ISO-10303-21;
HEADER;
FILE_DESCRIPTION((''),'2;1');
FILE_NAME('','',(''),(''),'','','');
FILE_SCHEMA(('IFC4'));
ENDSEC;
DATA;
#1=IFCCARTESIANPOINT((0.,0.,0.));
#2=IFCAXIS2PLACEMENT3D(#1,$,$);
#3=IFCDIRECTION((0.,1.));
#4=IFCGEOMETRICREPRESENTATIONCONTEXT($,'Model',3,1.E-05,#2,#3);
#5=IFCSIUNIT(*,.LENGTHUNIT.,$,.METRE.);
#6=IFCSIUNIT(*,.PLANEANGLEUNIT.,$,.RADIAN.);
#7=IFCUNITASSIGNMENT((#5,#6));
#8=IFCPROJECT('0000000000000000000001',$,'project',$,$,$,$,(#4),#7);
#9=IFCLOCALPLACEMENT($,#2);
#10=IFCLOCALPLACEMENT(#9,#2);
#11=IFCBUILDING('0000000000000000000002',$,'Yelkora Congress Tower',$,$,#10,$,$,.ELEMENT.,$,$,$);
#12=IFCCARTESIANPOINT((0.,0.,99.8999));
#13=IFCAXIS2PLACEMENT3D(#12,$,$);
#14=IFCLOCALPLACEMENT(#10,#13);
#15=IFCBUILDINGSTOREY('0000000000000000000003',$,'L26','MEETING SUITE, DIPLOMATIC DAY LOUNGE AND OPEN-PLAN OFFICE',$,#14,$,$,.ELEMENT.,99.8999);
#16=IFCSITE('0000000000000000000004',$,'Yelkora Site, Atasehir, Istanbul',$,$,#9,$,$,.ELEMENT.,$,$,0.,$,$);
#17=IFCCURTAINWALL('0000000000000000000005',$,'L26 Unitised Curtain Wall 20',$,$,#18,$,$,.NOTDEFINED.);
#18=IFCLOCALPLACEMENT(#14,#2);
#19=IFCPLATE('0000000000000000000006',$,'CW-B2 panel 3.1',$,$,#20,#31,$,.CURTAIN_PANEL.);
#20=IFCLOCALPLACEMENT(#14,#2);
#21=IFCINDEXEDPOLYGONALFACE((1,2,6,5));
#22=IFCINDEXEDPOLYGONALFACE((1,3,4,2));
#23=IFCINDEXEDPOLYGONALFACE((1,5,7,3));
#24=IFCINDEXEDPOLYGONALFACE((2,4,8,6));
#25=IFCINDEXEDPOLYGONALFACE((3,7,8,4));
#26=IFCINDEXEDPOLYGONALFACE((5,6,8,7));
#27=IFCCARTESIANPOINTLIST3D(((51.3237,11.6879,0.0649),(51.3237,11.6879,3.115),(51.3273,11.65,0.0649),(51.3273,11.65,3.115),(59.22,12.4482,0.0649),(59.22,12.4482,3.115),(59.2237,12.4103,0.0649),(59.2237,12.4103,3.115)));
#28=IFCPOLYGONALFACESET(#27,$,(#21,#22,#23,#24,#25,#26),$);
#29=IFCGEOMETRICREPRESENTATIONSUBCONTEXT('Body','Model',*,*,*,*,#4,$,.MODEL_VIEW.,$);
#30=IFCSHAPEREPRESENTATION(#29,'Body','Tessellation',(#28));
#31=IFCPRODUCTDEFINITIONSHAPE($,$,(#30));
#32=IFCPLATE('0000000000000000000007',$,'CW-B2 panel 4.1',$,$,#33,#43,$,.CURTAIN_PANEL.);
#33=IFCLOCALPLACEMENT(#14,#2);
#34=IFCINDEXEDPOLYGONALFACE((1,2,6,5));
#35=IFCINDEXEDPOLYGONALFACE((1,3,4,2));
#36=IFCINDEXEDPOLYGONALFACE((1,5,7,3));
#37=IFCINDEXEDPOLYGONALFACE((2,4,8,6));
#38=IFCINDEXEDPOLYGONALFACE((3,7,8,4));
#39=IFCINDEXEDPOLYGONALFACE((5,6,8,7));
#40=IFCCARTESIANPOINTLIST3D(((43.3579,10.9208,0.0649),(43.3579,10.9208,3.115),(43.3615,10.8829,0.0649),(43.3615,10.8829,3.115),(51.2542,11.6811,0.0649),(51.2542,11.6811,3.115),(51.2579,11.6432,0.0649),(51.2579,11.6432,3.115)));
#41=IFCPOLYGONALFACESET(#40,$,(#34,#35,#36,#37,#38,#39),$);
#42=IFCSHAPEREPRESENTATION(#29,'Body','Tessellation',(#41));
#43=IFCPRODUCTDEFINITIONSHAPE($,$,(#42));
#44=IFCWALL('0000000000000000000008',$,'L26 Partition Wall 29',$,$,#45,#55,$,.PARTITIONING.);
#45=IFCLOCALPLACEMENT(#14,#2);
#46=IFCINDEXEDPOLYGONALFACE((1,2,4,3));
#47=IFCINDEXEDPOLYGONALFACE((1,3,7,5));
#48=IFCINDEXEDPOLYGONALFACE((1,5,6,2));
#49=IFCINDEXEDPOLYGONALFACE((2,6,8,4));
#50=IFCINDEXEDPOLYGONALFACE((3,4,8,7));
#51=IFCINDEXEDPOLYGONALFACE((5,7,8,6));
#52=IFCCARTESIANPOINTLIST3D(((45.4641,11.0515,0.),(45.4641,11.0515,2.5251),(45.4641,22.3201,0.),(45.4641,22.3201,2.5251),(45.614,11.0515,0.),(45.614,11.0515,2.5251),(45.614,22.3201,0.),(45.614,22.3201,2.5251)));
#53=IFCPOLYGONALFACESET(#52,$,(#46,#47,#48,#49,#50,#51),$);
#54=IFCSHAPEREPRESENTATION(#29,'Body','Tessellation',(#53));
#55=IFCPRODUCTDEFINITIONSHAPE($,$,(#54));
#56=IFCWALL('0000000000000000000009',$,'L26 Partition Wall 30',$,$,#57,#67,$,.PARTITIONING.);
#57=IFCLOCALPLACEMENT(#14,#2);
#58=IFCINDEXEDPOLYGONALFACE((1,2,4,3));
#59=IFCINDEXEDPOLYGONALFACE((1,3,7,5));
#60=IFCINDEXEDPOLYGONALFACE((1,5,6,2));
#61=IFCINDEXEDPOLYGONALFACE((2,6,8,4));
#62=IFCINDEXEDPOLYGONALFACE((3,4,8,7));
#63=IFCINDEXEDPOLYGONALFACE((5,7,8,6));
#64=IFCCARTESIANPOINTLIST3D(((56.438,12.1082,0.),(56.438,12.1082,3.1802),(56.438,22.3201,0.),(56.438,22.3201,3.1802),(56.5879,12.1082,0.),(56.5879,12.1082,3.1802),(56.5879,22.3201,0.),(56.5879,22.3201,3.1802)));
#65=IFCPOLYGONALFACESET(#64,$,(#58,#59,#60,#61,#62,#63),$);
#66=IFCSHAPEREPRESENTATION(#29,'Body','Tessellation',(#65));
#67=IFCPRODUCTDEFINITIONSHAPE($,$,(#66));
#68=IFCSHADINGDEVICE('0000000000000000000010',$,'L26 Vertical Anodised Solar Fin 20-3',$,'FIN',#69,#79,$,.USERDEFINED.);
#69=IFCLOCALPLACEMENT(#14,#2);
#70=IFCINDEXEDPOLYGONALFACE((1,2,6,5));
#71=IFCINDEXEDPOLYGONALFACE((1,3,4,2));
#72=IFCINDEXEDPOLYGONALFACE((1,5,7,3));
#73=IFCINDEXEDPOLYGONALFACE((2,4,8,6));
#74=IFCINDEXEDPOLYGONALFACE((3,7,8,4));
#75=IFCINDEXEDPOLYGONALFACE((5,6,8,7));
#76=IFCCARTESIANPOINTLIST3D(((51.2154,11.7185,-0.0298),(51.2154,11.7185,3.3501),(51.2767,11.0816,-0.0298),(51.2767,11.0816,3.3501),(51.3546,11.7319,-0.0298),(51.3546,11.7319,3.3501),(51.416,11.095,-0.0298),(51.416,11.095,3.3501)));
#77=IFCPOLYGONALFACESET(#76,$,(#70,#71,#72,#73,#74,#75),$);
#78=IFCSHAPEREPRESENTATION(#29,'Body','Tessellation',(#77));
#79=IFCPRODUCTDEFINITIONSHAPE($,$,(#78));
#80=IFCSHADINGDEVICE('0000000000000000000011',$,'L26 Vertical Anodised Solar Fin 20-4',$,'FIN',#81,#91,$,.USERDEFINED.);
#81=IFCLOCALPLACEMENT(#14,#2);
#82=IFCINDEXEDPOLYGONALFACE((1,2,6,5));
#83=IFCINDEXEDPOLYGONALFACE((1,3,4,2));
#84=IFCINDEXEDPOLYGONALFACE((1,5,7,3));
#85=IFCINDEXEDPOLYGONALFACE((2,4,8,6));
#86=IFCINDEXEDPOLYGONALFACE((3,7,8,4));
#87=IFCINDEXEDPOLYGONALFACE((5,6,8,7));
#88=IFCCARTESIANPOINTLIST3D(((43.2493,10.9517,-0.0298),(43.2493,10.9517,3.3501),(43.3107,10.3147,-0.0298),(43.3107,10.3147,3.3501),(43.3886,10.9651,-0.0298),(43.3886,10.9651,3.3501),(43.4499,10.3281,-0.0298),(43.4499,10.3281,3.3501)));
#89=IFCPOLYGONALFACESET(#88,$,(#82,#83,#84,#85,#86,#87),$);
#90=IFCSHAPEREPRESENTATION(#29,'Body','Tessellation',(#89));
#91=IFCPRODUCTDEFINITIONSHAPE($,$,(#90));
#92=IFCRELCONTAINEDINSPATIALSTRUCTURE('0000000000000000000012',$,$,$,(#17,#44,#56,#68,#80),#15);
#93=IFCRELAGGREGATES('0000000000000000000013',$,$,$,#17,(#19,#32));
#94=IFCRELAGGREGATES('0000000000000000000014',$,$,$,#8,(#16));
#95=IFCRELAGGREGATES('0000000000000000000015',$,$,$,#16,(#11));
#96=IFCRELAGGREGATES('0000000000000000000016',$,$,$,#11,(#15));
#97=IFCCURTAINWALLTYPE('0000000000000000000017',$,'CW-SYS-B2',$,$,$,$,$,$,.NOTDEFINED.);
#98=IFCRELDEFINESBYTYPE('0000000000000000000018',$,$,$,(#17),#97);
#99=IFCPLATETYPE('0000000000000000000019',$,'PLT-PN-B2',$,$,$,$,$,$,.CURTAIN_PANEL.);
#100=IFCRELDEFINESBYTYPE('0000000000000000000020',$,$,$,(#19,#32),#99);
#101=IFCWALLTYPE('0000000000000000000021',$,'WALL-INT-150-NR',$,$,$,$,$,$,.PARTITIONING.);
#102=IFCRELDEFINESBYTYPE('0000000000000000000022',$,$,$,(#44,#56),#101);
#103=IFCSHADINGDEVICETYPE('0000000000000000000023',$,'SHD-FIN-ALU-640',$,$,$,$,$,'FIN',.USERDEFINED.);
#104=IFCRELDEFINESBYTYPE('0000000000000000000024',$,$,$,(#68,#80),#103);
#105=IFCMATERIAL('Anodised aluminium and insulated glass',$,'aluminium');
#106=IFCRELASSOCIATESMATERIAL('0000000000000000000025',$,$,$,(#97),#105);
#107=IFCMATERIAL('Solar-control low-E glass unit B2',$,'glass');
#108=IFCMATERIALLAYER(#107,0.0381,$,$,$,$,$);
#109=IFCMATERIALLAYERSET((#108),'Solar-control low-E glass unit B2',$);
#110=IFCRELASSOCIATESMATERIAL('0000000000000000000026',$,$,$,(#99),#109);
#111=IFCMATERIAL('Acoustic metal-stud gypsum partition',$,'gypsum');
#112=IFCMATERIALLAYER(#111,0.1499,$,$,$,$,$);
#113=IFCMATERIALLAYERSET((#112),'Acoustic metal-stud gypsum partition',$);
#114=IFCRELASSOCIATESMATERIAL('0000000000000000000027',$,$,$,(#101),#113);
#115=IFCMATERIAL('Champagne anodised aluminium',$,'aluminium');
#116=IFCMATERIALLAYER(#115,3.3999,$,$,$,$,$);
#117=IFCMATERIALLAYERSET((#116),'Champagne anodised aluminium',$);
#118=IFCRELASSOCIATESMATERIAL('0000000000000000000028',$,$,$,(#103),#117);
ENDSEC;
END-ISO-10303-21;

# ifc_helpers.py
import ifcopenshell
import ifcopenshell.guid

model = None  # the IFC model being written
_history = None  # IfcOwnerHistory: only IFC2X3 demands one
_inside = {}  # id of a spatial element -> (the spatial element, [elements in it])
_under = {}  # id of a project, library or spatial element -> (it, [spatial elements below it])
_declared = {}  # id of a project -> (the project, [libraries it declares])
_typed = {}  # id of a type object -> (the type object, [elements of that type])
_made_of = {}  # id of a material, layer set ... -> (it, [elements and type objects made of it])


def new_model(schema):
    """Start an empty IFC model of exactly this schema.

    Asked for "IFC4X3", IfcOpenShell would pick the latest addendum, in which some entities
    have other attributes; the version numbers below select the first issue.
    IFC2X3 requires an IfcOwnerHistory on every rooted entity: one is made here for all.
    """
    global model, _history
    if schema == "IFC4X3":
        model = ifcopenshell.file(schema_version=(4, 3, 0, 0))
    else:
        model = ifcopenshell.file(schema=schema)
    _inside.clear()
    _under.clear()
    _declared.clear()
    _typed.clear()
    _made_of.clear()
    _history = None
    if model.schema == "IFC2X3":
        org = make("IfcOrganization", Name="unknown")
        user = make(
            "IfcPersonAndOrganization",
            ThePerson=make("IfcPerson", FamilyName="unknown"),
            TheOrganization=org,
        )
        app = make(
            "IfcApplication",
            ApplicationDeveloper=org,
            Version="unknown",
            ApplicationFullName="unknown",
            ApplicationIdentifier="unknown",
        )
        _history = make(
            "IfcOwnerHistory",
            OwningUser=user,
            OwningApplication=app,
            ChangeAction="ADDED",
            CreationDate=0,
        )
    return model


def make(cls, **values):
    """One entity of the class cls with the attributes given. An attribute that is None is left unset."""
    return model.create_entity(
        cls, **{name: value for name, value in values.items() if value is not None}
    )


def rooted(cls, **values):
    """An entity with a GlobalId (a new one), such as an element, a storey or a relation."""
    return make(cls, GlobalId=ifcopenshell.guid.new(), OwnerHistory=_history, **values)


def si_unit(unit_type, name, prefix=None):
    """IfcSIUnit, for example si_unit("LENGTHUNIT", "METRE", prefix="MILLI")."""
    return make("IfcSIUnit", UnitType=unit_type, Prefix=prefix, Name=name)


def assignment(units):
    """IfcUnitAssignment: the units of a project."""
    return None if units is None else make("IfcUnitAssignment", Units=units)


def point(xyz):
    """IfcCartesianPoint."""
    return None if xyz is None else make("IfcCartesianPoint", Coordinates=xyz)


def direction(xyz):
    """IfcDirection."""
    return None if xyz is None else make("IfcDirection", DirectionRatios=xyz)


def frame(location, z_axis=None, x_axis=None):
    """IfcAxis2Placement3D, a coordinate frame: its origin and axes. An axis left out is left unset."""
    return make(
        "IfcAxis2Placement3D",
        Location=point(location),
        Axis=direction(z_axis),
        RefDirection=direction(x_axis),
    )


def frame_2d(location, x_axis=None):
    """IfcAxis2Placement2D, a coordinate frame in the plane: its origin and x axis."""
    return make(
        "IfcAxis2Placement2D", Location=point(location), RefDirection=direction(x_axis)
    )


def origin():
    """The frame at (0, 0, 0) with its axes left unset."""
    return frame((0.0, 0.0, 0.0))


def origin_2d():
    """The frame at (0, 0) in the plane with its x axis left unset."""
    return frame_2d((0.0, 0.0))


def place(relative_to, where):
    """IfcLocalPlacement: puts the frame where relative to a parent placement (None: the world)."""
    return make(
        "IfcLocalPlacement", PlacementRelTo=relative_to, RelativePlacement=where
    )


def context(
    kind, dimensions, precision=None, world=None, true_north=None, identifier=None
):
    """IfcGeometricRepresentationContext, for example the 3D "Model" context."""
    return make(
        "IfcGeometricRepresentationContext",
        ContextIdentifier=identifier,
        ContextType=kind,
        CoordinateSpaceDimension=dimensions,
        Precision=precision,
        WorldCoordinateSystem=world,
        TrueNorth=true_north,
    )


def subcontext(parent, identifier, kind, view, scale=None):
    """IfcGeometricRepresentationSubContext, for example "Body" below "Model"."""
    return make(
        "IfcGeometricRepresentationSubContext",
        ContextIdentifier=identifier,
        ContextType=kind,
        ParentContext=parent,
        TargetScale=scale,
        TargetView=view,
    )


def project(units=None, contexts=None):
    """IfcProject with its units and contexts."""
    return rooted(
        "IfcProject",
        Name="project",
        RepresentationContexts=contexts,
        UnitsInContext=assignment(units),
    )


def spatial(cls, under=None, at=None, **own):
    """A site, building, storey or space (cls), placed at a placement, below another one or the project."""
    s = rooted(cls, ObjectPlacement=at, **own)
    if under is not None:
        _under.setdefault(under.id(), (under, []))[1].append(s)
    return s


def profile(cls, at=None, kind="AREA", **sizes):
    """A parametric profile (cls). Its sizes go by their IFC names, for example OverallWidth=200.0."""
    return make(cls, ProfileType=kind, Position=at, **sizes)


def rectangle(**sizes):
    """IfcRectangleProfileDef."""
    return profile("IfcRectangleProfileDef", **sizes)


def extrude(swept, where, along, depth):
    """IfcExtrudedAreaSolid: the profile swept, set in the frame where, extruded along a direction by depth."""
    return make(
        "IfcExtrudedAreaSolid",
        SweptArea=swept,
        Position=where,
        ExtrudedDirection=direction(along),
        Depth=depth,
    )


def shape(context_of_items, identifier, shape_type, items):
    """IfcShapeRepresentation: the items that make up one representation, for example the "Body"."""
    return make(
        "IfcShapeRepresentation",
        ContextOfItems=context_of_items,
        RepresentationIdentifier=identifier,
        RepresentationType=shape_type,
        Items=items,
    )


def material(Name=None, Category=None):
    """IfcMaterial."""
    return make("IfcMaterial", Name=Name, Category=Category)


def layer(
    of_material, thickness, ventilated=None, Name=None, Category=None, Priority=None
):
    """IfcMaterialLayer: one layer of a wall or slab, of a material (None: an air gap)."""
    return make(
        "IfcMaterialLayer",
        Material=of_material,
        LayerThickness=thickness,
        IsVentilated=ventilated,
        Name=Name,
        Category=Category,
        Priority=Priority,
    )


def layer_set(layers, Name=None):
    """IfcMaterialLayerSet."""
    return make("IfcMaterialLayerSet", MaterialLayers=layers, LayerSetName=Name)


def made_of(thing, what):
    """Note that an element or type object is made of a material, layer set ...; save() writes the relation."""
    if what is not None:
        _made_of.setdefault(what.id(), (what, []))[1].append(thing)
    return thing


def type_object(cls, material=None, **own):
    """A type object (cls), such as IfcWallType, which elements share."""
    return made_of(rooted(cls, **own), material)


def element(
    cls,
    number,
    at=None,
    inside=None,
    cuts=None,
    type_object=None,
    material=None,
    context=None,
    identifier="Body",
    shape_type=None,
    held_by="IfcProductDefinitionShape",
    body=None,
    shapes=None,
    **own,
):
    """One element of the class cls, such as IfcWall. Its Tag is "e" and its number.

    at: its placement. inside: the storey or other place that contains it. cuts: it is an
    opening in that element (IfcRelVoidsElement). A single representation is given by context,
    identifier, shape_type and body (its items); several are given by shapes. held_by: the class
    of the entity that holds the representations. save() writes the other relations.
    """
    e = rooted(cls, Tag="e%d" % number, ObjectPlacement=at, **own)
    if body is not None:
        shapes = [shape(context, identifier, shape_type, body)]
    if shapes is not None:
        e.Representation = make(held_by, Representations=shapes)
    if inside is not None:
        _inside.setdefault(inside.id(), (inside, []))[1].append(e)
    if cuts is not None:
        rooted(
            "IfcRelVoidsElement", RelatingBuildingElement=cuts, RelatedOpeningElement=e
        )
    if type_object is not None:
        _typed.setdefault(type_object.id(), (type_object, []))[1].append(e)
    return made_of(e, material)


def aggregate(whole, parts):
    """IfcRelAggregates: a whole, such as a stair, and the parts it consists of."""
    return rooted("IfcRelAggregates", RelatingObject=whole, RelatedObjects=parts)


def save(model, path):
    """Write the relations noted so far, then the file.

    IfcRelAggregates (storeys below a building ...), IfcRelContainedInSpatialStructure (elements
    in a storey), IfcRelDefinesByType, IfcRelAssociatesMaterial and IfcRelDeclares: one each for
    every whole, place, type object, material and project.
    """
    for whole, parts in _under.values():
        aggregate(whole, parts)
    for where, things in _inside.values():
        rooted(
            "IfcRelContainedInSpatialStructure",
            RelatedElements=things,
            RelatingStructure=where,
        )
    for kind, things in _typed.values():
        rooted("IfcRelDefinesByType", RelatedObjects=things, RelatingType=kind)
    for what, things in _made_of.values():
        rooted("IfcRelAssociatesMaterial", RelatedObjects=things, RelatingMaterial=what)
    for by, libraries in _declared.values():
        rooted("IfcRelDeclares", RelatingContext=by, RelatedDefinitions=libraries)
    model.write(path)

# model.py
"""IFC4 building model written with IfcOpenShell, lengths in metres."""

from ifc_helpers import new_model, si_unit, direction, frame, frame_2d, origin, origin_2d, place, context, subcontext, project, spatial, rectangle, extrude, material, layer, layer_set, type_object, element, aggregate, save


model = new_model("IFC4")

# Units and contexts
model_context = context("Model", 3, precision=1e-05, world=origin(), true_north=direction((0.0, 1.0)))
body_context = subcontext(model_context, "Body", "Model", "MODEL_VIEW")
ifc_project = project(units=[si_unit("LENGTHUNIT", "METRE"), si_unit("PLANEANGLEUNIT", "RADIAN")], contexts=[model_context])

# Site, building, storey
site_placement = place(None, origin())
site = spatial("IfcSite", under=ifc_project, at=site_placement, Name="Yelkora Site, Atasehir, Istanbul", CompositionType="ELEMENT", RefElevation=0.0)
building_placement = place(site_placement, origin())
building = spatial("IfcBuilding", under=site, at=building_placement, Name="Yelkora Congress Tower", CompositionType="ELEMENT")
storey_placement = place(building_placement, frame((0.0, 0.0, 99.8999)))
storey = spatial("IfcBuildingStorey", under=building, at=storey_placement, Name="L26", Description="MEETING SUITE, DIPLOMATIC DAY LOUNGE AND OPEN-PLAN OFFICE", CompositionType="ELEMENT", Elevation=99.8999)

# Curtain wall, plates
ifc_material_1 = material(Name="Anodised aluminium and insulated glass", Category="aluminium")
curtain_wall_type = type_object("IfcCurtainWallType", Name="CW-SYS-B2", PredefinedType="NOTDEFINED", material=ifc_material_1)
curtain_wall_placement = place(storey_placement, origin())
curtain_wall = element("IfcCurtainWall", 1, at=curtain_wall_placement, inside=storey, type_object=curtain_wall_type, Name="L26 Unitised Curtain Wall 20", PredefinedType="NOTDEFINED")
ifc_material_2 = material(Name="Solar-control low-E glass unit B2", Category="glass")
ifc_layer_1 = layer(ifc_material_2, 0.0381)
ifc_layer_set_1 = layer_set([ifc_layer_1], Name="Solar-control low-E glass unit B2")
plate_type = type_object("IfcPlateType", Name="PLT-PN-B2", PredefinedType="CURTAIN_PANEL", material=ifc_layer_set_1)
plate_1_placement = place(storey_placement, frame((55.2737, 12.0491, 0.0649), z_axis=(0.0, 0.0, 1.0), x_axis=(-0.995396, -0.095844, 0.0)))
plate_1 = element("IfcPlate", 2, at=plate_1_placement, type_object=plate_type, Name="CW-B2 panel 3.1", PredefinedType="CURTAIN_PANEL", context=body_context, shape_type="SweptSolid", body=[
    extrude(rectangle(XDim=7.9329, YDim=0.0381, at=origin_2d()), origin(), (0.0, 0.0, 1.0), 3.05),
])
plate_2_placement = place(storey_placement, frame((47.3079, 11.282, 0.0649), z_axis=(0.0, 0.0, 1.0), x_axis=(-0.995396, -0.095844, 0.0)))
plate_2 = element("IfcPlate", 3, at=plate_2_placement, type_object=plate_type, Name="CW-B2 panel 4.1", PredefinedType="CURTAIN_PANEL", context=body_context, shape_type="SweptSolid", body=[
    extrude(rectangle(XDim=7.9329, YDim=0.0381, at=origin_2d()), origin(), (0.0, 0.0, 1.0), 3.05),
])
aggregate(curtain_wall, [plate_1, plate_2])

# Walls
ifc_material_3 = material(Name="Acoustic metal-stud gypsum partition", Category="gypsum")
ifc_layer_2 = layer(ifc_material_3, 0.1499)
ifc_layer_set_2 = layer_set([ifc_layer_2], Name="Acoustic metal-stud gypsum partition")
wall_type = type_object("IfcWallType", Name="WALL-INT-150-NR", PredefinedType="PARTITIONING", material=ifc_layer_set_2)
wall_1_placement = place(storey_placement, frame((45.5391, 11.0515, 0.0), z_axis=(0.0, 0.0, 1.0), x_axis=(0.0, 1.0, 0.0)))
element("IfcWall", 4, at=wall_1_placement, inside=storey, type_object=wall_type, Name="L26 Partition Wall 29", PredefinedType="PARTITIONING", context=body_context, shape_type="SweptSolid", body=[
    extrude(rectangle(XDim=11.2686, YDim=0.1499, at=frame_2d((5.6343, 0.0))), origin(), (0.0, 0.0, 1.0), 2.5251),
])
wall_2_placement = place(storey_placement, frame((56.5129, 12.1082, 0.0), z_axis=(0.0, 0.0, 1.0), x_axis=(0.0, 1.0, 0.0)))
element("IfcWall", 5, at=wall_2_placement, inside=storey, type_object=wall_type, Name="L26 Partition Wall 30", PredefinedType="PARTITIONING", context=body_context, shape_type="SweptSolid", body=[
    extrude(rectangle(XDim=10.2119, YDim=0.1499, at=frame_2d((5.106, 0.0))), origin(), (0.0, 0.0, 1.0), 3.1802),
])

# Shading devices
ifc_material_4 = material(Name="Champagne anodised aluminium", Category="aluminium")
ifc_layer_3 = layer(ifc_material_4, 3.3999)
ifc_layer_set_3 = layer_set([ifc_layer_3], Name="Champagne anodised aluminium")
shading_device_type = type_object("IfcShadingDeviceType", Name="SHD-FIN-ALU-640", ElementType="FIN", PredefinedType="USERDEFINED", material=ifc_layer_set_3)
for number, where, z_axis, x_axis, name in (
    (6, (51.3157, 11.4067, -0.0298), (0.0, 0.0, 1.0), (-0.995396, -0.095846, 0.0), "L26 Vertical Anodised Solar Fin 20-3"),
    (7, (43.3496, 10.6399, -0.0298), (0.0, 0.0, 1.0), (-0.995396, -0.095846, 0.0), "L26 Vertical Anodised Solar Fin 20-4"),
):
    element("IfcShadingDevice", number, at=place(storey_placement, frame(where, z_axis=z_axis, x_axis=x_axis)), inside=storey, type_object=shading_device_type, Name=name, ObjectType="FIN", PredefinedType="USERDEFINED", context=body_context, shape_type="SweptSolid", body=[
        extrude(rectangle(XDim=0.1399, YDim=0.6399, at=origin_2d()), origin(), (0.0, 0.0, 1.0), 3.3799),
    ])

save(model, "model.ifc")
